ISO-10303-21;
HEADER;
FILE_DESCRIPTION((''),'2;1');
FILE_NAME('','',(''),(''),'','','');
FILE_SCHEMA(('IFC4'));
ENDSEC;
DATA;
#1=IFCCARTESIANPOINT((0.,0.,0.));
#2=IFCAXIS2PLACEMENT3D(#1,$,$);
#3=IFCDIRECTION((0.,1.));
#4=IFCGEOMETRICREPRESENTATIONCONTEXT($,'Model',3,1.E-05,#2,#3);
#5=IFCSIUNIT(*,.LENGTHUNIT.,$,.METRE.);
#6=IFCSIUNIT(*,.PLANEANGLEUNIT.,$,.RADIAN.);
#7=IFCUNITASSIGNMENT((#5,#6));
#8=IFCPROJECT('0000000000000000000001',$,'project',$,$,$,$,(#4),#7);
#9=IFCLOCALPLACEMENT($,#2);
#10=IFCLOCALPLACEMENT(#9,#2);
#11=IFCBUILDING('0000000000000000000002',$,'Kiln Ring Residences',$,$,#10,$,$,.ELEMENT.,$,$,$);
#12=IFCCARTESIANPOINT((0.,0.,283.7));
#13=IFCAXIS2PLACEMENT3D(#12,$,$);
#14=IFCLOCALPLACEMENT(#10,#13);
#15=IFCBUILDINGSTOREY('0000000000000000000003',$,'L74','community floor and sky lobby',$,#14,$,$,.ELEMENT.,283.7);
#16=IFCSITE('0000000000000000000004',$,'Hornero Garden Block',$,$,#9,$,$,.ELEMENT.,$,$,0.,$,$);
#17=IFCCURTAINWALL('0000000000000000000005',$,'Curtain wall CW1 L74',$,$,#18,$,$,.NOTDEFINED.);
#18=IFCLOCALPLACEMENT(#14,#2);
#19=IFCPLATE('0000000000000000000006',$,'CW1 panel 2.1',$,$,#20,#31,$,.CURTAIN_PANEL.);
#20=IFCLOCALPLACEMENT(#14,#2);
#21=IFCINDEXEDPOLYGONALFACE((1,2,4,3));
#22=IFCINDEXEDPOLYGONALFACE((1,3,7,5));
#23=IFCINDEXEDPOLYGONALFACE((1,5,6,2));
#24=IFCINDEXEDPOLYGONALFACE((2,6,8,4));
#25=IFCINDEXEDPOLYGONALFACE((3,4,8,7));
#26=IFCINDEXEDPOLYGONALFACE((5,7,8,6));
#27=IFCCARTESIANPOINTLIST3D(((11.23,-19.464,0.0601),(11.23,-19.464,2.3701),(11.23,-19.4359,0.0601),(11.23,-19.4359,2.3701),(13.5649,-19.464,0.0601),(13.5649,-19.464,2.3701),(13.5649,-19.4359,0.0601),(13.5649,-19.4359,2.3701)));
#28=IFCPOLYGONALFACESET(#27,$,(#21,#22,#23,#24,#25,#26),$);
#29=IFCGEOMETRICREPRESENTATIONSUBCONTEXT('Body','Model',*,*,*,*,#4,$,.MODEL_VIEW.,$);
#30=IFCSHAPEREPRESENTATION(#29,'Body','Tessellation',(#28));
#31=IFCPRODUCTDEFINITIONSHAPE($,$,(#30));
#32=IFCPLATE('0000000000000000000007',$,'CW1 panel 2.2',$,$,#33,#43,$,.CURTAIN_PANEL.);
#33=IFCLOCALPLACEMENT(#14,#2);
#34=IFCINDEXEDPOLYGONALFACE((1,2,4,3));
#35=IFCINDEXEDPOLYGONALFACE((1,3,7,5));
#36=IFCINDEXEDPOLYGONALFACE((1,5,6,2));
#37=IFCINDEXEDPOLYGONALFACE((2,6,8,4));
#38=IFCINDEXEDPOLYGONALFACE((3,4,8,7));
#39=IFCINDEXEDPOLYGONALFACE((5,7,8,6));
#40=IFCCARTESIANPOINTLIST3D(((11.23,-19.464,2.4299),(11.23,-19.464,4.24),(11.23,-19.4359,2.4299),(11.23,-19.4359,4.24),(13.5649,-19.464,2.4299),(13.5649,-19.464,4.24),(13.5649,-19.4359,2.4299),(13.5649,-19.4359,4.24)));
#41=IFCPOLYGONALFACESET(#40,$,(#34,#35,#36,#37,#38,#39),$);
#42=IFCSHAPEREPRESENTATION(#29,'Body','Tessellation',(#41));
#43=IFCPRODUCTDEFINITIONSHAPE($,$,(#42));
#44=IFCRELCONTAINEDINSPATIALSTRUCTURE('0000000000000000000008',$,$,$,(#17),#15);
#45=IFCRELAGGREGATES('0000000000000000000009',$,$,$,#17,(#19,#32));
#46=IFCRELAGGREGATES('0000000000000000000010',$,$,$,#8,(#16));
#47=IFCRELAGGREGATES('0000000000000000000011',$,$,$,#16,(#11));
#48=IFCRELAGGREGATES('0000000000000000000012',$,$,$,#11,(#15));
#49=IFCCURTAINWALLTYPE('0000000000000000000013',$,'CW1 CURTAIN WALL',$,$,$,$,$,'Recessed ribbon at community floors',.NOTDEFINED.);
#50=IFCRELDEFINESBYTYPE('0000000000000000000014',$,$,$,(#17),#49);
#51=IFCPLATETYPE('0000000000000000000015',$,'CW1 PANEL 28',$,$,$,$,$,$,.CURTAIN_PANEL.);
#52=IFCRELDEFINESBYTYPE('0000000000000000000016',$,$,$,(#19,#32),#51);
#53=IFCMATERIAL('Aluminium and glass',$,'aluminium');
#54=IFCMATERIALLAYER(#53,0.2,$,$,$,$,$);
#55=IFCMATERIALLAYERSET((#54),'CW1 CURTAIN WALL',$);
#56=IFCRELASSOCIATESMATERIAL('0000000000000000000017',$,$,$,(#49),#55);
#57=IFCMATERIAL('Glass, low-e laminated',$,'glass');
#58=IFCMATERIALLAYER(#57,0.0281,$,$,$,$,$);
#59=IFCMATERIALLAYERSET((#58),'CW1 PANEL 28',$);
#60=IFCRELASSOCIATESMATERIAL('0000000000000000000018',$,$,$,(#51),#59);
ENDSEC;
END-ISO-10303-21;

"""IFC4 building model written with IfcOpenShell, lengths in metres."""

from ifc_helpers import new_model, si_unit, direction, frame, origin, origin_2d, place, context, subcontext, project, spatial, rectangle, extrude, material, layer, layer_set, type_object, element, aggregate, save


model = new_model("IFC4")

# Units and contexts
model_context = context("Model", 3, precision=1e-05, world=origin(), true_north=direction((0.0, 1.0)))
body_context = subcontext(model_context, "Body", "Model", "MODEL_VIEW")
ifc_project = project(units=[si_unit("LENGTHUNIT", "METRE"), si_unit("PLANEANGLEUNIT", "RADIAN")], contexts=[model_context])

# Site, building, storey
site_placement = place(None, origin())
site = spatial("IfcSite", under=ifc_project, at=site_placement, Name="Hornero Garden Block", CompositionType="ELEMENT", RefElevation=0.0)
building_placement = place(site_placement, origin())
building = spatial("IfcBuilding", under=site, at=building_placement, Name="Kiln Ring Residences", CompositionType="ELEMENT")
storey_placement = place(building_placement, frame((0.0, 0.0, 283.7)))
storey = spatial("IfcBuildingStorey", under=building, at=storey_placement, Name="L74", Description="community floor and sky lobby", CompositionType="ELEMENT", Elevation=283.7)

# Shared definitions
ifc_material_1 = material(Name="Aluminium and glass", Category="aluminium")
ifc_layer_1 = layer(ifc_material_1, 0.2)
ifc_layer_set_1 = layer_set([ifc_layer_1], Name="CW1 CURTAIN WALL")
curtain_wall_type = type_object("IfcCurtainWallType", Name="CW1 CURTAIN WALL", ElementType="Recessed ribbon at community floors", PredefinedType="NOTDEFINED", material=ifc_layer_set_1)
placement = place(storey_placement, origin())

# Curtain wall
curtain_wall_1 = element("IfcCurtainWall", 1, at=placement, inside=storey, type_object=curtain_wall_type, Name="Curtain wall CW1 L74", PredefinedType="NOTDEFINED")

# Plates
ifc_material_2 = material(Name="Glass, low-e laminated", Category="glass")
ifc_layer_2 = layer(ifc_material_2, 0.0281)
ifc_layer_set_2 = layer_set([ifc_layer_2], Name="CW1 PANEL 28")
plate_type_1 = type_object("IfcPlateType", Name="CW1 PANEL 28", PredefinedType="CURTAIN_PANEL", material=ifc_layer_set_2)
plate_1_placement = place(storey_placement, frame((12.3975, -19.45, 0.0601), z_axis=(0.0, 0.0, 1.0), x_axis=(1.0, 0.0, 0.0)))
plate_1 = element("IfcPlate", 2, at=plate_1_placement, type_object=plate_type_1, Name="CW1 panel 2.1", PredefinedType="CURTAIN_PANEL", context=body_context, shape_type="SweptSolid", body=[
    extrude(rectangle(XDim=2.335, YDim=0.0281, at=origin_2d()), origin(), (0.0, 0.0, 1.0), 2.3101),
])
plate_2_placement = place(storey_placement, frame((12.3975, -19.45, 2.4299), z_axis=(0.0, 0.0, 1.0), x_axis=(1.0, 0.0, 0.0)))
plate_2 = element("IfcPlate", 3, at=plate_2_placement, type_object=plate_type_1, Name="CW1 panel 2.2", PredefinedType="CURTAIN_PANEL", context=body_context, shape_type="SweptSolid", body=[
    extrude(rectangle(XDim=2.335, YDim=0.0281, at=origin_2d()), origin(), (0.0, 0.0, 1.0), 1.8101),
])
aggregate(curtain_wall_1, [plate_1, plate_2])

save(model, "model.ifc")
